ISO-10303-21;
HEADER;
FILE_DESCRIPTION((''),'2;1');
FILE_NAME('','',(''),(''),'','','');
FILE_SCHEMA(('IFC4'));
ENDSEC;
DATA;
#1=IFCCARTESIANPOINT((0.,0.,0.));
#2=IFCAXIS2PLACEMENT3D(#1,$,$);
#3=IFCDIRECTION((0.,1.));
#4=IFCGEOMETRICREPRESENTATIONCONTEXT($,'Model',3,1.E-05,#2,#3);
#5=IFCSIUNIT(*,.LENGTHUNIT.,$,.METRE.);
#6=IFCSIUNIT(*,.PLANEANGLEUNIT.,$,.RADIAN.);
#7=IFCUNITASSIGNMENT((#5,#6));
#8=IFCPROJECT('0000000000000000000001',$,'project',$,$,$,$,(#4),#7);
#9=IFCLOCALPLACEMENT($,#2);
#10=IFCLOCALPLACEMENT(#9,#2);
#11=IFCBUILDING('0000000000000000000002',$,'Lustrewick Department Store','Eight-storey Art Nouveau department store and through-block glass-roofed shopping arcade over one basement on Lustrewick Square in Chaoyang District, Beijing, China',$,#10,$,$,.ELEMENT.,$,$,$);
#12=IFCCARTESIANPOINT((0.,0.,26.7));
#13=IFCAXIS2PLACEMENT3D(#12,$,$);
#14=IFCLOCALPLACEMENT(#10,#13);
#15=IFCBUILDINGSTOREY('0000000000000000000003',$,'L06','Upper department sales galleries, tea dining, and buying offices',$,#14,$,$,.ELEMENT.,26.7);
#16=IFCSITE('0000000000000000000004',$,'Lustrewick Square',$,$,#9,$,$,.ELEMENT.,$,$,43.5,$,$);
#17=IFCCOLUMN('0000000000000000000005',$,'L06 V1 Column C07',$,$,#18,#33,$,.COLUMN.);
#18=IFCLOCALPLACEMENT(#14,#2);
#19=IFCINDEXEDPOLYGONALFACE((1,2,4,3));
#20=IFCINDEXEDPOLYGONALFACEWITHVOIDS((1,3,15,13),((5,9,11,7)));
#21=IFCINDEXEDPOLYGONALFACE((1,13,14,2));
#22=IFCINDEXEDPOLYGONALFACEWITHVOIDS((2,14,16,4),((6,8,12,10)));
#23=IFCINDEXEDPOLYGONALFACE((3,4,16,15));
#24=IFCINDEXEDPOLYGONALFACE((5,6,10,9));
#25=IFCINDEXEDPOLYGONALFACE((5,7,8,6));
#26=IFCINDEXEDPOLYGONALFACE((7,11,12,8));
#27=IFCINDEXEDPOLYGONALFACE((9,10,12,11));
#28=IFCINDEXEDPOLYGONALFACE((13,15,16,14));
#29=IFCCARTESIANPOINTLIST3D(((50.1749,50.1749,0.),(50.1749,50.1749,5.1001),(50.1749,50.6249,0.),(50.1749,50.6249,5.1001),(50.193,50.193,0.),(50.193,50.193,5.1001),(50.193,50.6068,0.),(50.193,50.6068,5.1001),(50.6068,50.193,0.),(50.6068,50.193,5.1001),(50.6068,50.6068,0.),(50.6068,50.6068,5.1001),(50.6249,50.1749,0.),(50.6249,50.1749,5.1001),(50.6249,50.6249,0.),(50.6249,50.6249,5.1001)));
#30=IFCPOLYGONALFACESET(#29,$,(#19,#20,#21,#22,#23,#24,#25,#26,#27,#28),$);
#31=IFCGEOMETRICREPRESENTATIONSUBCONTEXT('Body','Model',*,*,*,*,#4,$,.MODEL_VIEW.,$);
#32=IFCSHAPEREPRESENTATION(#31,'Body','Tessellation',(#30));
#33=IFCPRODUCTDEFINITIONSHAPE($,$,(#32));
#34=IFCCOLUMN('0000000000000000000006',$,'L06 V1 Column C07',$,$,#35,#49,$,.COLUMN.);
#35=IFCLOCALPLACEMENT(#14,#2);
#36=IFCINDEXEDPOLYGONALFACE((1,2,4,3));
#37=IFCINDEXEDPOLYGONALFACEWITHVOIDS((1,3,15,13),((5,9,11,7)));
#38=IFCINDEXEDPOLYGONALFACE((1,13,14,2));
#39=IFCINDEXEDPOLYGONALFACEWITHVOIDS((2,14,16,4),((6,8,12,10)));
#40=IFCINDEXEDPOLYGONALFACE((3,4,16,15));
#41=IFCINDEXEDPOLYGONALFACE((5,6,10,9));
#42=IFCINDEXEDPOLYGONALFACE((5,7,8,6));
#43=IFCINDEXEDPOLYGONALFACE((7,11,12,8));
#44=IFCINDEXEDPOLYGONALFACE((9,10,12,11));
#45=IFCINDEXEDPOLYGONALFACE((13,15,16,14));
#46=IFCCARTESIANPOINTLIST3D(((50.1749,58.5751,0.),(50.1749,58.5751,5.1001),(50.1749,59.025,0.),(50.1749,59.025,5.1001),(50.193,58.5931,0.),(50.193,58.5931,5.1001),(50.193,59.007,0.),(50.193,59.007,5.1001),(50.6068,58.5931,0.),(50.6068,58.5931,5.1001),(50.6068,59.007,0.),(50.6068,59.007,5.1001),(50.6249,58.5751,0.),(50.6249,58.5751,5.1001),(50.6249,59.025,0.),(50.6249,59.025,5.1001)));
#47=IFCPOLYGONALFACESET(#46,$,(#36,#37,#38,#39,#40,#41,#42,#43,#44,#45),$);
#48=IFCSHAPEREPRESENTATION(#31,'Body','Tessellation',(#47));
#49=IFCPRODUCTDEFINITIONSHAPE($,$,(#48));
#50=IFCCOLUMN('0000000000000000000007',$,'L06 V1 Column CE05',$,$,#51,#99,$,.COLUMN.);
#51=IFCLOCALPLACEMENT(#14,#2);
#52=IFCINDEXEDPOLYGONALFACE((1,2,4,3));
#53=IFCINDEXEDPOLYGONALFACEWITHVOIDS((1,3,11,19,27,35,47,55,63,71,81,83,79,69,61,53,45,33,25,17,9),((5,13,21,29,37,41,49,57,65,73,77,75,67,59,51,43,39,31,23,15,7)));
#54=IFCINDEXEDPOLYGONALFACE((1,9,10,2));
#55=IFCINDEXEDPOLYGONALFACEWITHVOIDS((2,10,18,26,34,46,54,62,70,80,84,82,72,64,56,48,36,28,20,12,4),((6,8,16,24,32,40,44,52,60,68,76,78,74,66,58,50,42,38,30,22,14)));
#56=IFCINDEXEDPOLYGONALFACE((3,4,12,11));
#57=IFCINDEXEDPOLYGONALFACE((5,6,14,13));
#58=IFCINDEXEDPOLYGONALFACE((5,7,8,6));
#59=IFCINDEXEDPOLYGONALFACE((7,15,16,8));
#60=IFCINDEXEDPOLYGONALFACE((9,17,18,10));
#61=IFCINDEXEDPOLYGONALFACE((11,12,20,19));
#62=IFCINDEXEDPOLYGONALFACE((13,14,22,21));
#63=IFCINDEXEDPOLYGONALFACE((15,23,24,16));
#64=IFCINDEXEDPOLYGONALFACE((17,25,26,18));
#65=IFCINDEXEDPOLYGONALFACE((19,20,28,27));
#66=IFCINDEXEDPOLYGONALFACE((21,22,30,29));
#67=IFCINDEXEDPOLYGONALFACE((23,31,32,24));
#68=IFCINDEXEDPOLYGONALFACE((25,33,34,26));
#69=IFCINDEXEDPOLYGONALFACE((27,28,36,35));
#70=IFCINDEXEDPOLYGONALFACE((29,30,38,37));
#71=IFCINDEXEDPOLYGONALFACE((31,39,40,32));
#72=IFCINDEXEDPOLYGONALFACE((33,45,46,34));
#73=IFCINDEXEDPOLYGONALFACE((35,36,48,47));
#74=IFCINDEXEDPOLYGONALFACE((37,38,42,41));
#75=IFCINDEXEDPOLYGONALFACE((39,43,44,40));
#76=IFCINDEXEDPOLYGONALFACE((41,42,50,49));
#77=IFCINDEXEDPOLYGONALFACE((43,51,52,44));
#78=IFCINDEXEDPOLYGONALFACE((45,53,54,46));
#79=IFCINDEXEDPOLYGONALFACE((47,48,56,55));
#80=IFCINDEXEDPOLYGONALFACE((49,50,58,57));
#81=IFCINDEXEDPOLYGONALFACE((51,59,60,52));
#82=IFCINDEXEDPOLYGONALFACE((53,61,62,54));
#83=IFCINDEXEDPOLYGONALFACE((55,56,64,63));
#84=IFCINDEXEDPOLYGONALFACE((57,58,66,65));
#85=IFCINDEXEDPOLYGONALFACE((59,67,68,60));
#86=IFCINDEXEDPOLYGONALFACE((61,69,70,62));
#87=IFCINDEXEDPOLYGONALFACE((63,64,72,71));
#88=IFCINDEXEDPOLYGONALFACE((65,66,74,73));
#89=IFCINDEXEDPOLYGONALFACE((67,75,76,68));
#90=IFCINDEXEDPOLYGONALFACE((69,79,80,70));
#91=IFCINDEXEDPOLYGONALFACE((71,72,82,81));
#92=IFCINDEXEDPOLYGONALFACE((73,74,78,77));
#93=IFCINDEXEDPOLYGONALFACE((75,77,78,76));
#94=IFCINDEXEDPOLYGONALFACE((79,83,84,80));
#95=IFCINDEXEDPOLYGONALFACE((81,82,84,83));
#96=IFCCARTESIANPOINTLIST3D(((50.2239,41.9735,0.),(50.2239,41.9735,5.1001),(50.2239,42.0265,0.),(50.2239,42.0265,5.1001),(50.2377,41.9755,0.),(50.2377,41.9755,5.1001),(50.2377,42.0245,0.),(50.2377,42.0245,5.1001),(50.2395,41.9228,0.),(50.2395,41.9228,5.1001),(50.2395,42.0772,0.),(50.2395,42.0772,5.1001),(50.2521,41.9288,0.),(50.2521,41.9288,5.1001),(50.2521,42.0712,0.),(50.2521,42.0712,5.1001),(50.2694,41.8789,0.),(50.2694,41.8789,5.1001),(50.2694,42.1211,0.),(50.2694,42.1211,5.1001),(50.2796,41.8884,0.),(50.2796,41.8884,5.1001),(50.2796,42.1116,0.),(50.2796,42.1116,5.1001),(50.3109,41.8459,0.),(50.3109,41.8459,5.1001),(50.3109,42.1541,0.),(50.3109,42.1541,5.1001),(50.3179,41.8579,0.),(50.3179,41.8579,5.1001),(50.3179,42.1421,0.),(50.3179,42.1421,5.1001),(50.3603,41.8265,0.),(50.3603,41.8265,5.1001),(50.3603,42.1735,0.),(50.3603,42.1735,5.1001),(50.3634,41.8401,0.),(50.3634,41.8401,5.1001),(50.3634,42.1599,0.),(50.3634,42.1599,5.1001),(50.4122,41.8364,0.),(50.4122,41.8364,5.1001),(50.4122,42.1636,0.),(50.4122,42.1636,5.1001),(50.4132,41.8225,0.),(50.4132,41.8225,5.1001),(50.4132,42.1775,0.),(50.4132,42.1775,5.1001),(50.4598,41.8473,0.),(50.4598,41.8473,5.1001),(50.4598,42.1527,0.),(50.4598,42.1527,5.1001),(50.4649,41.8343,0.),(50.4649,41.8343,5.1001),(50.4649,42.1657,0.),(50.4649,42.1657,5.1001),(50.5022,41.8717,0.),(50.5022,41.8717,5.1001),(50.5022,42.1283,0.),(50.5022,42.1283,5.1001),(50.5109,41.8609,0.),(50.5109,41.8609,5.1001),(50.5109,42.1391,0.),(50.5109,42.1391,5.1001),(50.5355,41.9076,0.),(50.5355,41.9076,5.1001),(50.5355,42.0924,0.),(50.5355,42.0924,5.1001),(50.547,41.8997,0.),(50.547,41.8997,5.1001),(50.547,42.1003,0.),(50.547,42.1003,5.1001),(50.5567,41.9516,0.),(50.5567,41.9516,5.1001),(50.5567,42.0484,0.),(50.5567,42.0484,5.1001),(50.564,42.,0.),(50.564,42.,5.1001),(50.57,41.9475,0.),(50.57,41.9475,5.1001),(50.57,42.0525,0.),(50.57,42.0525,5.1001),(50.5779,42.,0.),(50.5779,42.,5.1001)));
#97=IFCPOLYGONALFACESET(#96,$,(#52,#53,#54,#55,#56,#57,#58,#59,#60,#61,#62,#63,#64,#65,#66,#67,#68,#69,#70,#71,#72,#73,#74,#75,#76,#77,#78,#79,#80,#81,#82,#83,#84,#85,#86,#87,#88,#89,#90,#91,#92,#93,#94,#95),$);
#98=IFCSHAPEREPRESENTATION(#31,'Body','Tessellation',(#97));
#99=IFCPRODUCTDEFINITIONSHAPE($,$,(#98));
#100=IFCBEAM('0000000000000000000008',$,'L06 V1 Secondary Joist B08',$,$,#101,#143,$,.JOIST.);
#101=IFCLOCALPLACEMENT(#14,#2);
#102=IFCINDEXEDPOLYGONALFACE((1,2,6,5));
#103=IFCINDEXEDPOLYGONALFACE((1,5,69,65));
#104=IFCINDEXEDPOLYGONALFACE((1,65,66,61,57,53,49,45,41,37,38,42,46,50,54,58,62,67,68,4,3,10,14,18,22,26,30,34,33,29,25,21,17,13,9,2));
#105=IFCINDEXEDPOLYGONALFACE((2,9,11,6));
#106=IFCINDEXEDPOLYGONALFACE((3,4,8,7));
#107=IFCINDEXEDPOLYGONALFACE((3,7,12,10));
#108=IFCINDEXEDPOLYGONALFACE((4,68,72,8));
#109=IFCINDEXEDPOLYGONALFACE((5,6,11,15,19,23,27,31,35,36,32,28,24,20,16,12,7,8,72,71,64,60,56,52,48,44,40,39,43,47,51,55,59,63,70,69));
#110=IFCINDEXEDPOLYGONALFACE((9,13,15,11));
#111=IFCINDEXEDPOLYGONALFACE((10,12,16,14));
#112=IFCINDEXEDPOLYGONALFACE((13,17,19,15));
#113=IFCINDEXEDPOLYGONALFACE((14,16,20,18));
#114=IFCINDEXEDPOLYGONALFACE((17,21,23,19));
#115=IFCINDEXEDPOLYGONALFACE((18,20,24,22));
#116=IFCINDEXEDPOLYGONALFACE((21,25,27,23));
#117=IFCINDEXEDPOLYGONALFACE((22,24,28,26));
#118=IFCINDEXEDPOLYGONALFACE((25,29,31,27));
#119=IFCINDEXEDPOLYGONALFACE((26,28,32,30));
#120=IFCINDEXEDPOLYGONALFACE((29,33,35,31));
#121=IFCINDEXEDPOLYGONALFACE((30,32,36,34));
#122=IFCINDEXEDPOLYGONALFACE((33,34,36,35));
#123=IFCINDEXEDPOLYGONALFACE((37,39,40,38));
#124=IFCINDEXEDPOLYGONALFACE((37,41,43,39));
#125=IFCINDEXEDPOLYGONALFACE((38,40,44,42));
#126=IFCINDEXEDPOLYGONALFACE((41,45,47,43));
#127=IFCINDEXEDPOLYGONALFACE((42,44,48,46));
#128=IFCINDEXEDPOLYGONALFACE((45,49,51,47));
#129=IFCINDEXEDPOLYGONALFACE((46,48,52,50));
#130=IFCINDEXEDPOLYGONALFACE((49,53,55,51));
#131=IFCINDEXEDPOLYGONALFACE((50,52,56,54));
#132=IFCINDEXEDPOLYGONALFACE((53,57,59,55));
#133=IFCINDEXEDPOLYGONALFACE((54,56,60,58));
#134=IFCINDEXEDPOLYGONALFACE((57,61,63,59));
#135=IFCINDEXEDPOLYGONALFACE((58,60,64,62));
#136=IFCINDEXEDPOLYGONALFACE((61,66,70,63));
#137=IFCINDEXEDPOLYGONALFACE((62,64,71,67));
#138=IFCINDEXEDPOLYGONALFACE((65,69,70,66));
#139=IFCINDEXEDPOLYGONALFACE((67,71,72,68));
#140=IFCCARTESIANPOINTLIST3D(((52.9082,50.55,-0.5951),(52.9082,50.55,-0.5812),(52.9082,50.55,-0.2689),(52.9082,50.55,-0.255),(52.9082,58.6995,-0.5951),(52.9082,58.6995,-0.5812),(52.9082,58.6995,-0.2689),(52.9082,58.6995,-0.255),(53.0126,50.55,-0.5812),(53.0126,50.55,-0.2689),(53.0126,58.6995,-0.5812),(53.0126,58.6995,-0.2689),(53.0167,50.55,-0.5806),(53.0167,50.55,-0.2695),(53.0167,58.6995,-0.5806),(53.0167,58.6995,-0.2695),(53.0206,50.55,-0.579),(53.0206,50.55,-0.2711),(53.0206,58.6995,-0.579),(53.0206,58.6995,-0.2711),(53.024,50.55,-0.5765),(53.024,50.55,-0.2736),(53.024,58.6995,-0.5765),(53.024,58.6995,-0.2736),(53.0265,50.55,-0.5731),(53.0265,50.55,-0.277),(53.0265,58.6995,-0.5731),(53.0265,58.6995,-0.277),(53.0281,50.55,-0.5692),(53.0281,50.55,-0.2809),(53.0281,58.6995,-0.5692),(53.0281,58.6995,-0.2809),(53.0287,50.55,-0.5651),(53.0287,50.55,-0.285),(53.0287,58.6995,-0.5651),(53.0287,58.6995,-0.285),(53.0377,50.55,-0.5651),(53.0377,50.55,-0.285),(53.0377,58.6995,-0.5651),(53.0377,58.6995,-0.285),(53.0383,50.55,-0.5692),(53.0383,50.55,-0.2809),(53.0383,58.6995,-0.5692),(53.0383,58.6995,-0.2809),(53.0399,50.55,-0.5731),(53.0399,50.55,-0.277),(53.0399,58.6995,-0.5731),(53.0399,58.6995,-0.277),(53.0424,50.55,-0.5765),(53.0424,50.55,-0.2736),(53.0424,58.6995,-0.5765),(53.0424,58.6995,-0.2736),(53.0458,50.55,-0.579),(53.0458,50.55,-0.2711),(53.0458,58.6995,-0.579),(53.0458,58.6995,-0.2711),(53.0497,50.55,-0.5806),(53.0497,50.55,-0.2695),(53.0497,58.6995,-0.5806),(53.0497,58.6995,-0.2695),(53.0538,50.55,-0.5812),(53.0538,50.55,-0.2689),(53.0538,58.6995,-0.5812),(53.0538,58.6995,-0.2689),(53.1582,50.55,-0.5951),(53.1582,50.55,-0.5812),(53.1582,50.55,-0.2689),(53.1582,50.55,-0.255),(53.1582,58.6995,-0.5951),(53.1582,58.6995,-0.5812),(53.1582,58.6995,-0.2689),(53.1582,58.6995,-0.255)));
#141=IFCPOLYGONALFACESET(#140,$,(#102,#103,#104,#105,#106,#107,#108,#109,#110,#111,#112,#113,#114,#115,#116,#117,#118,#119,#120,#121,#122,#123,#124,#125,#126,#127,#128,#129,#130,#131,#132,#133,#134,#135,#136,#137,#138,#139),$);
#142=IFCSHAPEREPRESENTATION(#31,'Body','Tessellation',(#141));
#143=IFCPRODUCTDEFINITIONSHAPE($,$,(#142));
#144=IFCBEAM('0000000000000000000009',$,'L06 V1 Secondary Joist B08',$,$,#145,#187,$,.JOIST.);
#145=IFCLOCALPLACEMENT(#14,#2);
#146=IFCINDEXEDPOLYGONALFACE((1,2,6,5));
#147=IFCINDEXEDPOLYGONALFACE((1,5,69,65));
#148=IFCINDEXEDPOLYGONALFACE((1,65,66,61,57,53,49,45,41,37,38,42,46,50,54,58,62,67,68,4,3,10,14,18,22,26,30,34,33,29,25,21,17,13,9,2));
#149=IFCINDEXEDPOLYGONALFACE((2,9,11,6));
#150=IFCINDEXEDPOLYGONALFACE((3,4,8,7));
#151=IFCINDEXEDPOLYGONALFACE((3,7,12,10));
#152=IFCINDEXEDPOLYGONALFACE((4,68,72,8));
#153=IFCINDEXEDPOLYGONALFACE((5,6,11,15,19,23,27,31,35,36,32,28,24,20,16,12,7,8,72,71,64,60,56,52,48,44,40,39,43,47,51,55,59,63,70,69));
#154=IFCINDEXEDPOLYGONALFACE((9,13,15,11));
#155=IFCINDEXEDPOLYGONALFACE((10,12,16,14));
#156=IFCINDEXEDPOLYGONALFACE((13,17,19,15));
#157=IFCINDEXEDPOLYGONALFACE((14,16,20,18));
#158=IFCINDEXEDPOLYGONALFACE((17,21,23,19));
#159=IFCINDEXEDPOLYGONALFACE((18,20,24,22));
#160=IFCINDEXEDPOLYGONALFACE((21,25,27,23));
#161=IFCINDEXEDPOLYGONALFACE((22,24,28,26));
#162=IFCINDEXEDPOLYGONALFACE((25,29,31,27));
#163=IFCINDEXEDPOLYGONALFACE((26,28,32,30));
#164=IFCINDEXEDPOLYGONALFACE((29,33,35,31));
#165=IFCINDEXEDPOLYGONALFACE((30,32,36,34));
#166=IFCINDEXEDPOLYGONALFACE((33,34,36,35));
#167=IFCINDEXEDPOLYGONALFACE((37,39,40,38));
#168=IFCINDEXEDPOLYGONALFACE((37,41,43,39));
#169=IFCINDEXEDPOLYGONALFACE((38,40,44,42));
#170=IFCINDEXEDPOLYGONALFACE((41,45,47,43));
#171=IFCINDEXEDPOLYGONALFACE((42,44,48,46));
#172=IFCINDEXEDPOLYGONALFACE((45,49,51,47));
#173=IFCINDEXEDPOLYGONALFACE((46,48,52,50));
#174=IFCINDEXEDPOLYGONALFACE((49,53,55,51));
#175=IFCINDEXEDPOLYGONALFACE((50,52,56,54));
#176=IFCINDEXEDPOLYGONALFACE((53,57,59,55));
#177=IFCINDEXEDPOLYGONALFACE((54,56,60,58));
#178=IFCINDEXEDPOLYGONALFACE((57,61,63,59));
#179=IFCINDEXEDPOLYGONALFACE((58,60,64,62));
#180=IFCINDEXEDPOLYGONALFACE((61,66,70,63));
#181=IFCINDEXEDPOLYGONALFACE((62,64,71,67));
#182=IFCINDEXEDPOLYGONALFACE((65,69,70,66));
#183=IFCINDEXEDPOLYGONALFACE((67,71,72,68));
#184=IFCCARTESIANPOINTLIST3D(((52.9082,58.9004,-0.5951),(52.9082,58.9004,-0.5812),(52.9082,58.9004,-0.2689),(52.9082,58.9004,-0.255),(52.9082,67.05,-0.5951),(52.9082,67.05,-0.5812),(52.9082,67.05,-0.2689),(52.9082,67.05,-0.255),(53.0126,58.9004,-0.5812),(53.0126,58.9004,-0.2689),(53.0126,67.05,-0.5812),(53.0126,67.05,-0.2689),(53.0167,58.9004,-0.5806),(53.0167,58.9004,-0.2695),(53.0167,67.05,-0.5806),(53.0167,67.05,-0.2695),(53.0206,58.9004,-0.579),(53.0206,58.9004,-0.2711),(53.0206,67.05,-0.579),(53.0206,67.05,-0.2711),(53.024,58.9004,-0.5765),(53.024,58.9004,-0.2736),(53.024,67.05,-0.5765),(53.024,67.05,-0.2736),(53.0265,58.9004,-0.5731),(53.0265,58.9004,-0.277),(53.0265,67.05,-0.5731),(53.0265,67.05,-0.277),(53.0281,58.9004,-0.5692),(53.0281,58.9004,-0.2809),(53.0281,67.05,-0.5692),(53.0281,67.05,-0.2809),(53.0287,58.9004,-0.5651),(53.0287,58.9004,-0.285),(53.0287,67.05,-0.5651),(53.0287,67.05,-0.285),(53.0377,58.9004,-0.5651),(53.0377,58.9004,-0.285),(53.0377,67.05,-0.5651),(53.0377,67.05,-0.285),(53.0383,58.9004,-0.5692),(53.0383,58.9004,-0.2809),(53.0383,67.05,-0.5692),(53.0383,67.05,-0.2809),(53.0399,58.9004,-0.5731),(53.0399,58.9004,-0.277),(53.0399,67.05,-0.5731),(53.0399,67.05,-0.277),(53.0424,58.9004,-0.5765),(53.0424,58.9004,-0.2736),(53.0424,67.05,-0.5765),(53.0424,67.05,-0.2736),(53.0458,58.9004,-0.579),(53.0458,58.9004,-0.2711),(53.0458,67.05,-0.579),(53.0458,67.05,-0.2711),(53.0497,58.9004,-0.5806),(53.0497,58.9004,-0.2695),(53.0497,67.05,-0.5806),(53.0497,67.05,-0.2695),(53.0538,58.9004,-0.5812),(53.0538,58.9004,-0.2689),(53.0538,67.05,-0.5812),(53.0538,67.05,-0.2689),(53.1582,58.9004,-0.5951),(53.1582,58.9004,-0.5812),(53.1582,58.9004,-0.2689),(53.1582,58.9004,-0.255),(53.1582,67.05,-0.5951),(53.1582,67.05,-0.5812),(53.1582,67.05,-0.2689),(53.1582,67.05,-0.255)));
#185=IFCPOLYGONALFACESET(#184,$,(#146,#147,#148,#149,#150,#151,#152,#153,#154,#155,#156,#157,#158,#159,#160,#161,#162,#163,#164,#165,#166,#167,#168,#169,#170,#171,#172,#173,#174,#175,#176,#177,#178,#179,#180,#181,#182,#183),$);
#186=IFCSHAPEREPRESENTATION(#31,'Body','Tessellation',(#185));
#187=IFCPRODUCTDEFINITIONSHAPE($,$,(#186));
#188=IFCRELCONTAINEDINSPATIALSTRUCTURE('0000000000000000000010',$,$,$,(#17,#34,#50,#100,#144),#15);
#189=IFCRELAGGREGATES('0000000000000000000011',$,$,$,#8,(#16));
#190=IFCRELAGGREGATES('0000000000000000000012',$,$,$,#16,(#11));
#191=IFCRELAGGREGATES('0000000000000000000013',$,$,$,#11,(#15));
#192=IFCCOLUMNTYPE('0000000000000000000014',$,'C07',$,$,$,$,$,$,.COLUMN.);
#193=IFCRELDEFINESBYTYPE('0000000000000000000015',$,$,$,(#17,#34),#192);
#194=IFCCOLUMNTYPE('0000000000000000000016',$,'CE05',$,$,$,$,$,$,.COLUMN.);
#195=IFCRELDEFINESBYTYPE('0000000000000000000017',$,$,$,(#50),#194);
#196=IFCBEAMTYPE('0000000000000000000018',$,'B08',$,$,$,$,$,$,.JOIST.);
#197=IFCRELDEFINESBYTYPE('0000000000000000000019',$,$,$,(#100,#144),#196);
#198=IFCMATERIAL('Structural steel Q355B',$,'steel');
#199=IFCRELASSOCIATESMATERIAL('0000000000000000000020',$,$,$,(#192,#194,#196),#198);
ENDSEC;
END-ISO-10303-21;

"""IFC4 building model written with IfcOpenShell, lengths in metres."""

from ifc_helpers import new_model, si_unit, direction, frame, origin, origin_2d, place, context, subcontext, project, spatial, hollow_rectangle, hollow_circle, i_section, extrude, material, material_profile, profile_set, type_object, element, save


model = new_model("IFC4")

# Units and contexts
model_context = context("Model", 3, precision=1e-05, world=origin(), true_north=direction((0.0, 1.0)))
body_context = subcontext(model_context, "Body", "Model", "MODEL_VIEW")
ifc_project = project(units=[si_unit("LENGTHUNIT", "METRE"), si_unit("PLANEANGLEUNIT", "RADIAN")], contexts=[model_context])

# Site, building, storey
site_placement = place(None, origin())
site = spatial("IfcSite", under=ifc_project, at=site_placement, Name="Lustrewick Square", CompositionType="ELEMENT", RefElevation=43.5)
building_placement = place(site_placement, origin())
building = spatial("IfcBuilding", under=site, at=building_placement, Name="Lustrewick Department Store", Description="Eight-storey Art Nouveau department store and through-block glass-roofed shopping arcade over one basement on Lustrewick Square in Chaoyang District, Beijing, China", CompositionType="ELEMENT")
storey_placement = place(building_placement, frame((0.0, 0.0, 26.7)))
storey = spatial("IfcBuildingStorey", under=building, at=storey_placement, Name="L06", Description="Upper department sales galleries, tea dining, and buying offices", CompositionType="ELEMENT", Elevation=26.7)

# Columns
ifc_material_1 = material(Name="Structural steel Q355B", Category="steel")
ifc_material_profile_1 = material_profile(ifc_material_1, hollow_rectangle(XDim=0.45, YDim=0.45, WallThickness=0.0181, at=origin_2d()), Name="BOX 450x450x18")
ifc_profile_set_1 = profile_set([ifc_material_profile_1], Name="Structural steel Q355B")
column_type_1 = type_object("IfcColumnType", Name="C07", PredefinedType="COLUMN", material=ifc_profile_set_1)
for number, where, z_axis, x_axis, name in (
    (1, (50.3999, 50.3999, 0.0), (0.0, 0.0, 1.0), (1.0, 0.0, 0.0), "L06 V1 Column C07"),
    (2, (50.3999, 58.8, 0.0), (0.0, 0.0, 1.0), (1.0, 0.0, 0.0), "L06 V1 Column C07"),
):
    element("IfcColumn", number, at=place(storey_placement, frame(where, z_axis=z_axis, x_axis=x_axis)), inside=storey, type_object=column_type_1, Name=name, PredefinedType="COLUMN", context=body_context, shape_type="SweptSolid", body=[
        extrude(hollow_rectangle(XDim=0.45, YDim=0.45, WallThickness=0.0181, at=origin_2d()), origin(), (0.0, 0.0, 1.0), 5.1001),
    ])
ifc_material_profile_2 = material_profile(ifc_material_1, hollow_circle(Radius=0.178, WallThickness=0.0139, at=origin_2d()), Name="CHS 356x14")
ifc_profile_set_2 = profile_set([ifc_material_profile_2], Name="Structural steel Q355B")
column_type_2 = type_object("IfcColumnType", Name="CE05", PredefinedType="COLUMN", material=ifc_profile_set_2)
column_placement = place(storey_placement, frame((50.3999, 42.0, 0.0), z_axis=(0.0, 0.0, 1.0), x_axis=(1.0, 0.0, 0.0)))
element("IfcColumn", 3, at=column_placement, inside=storey, type_object=column_type_2, Name="L06 V1 Column CE05", PredefinedType="COLUMN", context=body_context, shape_type="SweptSolid", body=[
    extrude(hollow_circle(Radius=0.178, WallThickness=0.0139, at=origin_2d()), origin(), (0.0, 0.0, 1.0), 5.1001),
])

# Beams
ifc_material_profile_3 = material_profile(ifc_material_1, i_section(OverallWidth=0.25, OverallDepth=0.3401, WebThickness=0.009, FlangeThickness=0.0139, FilletRadius=0.0161, at=origin_2d()), Name="HM 340x250x9x14")
ifc_profile_set_3 = profile_set([ifc_material_profile_3], Name="Structural steel Q355B")
beam_type_1 = type_object("IfcBeamType", Name="B08", PredefinedType="JOIST", material=ifc_profile_set_3)
beam_1_placement = place(storey_placement, frame((53.0332, 50.55, -0.425), z_axis=(0.0, 1.0, 0.0), x_axis=(-1.0, 0.0, 0.0)))
element("IfcBeam", 4, at=beam_1_placement, inside=storey, type_object=beam_type_1, Name="L06 V1 Secondary Joist B08", PredefinedType="JOIST", context=body_context, shape_type="SweptSolid", body=[
    extrude(i_section(OverallWidth=0.25, OverallDepth=0.3401, WebThickness=0.009, FlangeThickness=0.0139, FilletRadius=0.0161, at=origin_2d()), origin(), (0.0, 0.0, 1.0), 8.1494),
])
beam_2_placement = place(storey_placement, frame((53.0332, 58.9004, -0.425), z_axis=(0.0, 1.0, 0.0), x_axis=(-1.0, 0.0, 0.0)))
element("IfcBeam", 5, at=beam_2_placement, inside=storey, type_object=beam_type_1, Name="L06 V1 Secondary Joist B08", PredefinedType="JOIST", context=body_context, shape_type="SweptSolid", body=[
    extrude(i_section(OverallWidth=0.25, OverallDepth=0.3401, WebThickness=0.009, FlangeThickness=0.0139, FilletRadius=0.0161, at=origin_2d()), origin(), (0.0, 0.0, 1.0), 8.1497),
])

save(model, "model.ifc")
